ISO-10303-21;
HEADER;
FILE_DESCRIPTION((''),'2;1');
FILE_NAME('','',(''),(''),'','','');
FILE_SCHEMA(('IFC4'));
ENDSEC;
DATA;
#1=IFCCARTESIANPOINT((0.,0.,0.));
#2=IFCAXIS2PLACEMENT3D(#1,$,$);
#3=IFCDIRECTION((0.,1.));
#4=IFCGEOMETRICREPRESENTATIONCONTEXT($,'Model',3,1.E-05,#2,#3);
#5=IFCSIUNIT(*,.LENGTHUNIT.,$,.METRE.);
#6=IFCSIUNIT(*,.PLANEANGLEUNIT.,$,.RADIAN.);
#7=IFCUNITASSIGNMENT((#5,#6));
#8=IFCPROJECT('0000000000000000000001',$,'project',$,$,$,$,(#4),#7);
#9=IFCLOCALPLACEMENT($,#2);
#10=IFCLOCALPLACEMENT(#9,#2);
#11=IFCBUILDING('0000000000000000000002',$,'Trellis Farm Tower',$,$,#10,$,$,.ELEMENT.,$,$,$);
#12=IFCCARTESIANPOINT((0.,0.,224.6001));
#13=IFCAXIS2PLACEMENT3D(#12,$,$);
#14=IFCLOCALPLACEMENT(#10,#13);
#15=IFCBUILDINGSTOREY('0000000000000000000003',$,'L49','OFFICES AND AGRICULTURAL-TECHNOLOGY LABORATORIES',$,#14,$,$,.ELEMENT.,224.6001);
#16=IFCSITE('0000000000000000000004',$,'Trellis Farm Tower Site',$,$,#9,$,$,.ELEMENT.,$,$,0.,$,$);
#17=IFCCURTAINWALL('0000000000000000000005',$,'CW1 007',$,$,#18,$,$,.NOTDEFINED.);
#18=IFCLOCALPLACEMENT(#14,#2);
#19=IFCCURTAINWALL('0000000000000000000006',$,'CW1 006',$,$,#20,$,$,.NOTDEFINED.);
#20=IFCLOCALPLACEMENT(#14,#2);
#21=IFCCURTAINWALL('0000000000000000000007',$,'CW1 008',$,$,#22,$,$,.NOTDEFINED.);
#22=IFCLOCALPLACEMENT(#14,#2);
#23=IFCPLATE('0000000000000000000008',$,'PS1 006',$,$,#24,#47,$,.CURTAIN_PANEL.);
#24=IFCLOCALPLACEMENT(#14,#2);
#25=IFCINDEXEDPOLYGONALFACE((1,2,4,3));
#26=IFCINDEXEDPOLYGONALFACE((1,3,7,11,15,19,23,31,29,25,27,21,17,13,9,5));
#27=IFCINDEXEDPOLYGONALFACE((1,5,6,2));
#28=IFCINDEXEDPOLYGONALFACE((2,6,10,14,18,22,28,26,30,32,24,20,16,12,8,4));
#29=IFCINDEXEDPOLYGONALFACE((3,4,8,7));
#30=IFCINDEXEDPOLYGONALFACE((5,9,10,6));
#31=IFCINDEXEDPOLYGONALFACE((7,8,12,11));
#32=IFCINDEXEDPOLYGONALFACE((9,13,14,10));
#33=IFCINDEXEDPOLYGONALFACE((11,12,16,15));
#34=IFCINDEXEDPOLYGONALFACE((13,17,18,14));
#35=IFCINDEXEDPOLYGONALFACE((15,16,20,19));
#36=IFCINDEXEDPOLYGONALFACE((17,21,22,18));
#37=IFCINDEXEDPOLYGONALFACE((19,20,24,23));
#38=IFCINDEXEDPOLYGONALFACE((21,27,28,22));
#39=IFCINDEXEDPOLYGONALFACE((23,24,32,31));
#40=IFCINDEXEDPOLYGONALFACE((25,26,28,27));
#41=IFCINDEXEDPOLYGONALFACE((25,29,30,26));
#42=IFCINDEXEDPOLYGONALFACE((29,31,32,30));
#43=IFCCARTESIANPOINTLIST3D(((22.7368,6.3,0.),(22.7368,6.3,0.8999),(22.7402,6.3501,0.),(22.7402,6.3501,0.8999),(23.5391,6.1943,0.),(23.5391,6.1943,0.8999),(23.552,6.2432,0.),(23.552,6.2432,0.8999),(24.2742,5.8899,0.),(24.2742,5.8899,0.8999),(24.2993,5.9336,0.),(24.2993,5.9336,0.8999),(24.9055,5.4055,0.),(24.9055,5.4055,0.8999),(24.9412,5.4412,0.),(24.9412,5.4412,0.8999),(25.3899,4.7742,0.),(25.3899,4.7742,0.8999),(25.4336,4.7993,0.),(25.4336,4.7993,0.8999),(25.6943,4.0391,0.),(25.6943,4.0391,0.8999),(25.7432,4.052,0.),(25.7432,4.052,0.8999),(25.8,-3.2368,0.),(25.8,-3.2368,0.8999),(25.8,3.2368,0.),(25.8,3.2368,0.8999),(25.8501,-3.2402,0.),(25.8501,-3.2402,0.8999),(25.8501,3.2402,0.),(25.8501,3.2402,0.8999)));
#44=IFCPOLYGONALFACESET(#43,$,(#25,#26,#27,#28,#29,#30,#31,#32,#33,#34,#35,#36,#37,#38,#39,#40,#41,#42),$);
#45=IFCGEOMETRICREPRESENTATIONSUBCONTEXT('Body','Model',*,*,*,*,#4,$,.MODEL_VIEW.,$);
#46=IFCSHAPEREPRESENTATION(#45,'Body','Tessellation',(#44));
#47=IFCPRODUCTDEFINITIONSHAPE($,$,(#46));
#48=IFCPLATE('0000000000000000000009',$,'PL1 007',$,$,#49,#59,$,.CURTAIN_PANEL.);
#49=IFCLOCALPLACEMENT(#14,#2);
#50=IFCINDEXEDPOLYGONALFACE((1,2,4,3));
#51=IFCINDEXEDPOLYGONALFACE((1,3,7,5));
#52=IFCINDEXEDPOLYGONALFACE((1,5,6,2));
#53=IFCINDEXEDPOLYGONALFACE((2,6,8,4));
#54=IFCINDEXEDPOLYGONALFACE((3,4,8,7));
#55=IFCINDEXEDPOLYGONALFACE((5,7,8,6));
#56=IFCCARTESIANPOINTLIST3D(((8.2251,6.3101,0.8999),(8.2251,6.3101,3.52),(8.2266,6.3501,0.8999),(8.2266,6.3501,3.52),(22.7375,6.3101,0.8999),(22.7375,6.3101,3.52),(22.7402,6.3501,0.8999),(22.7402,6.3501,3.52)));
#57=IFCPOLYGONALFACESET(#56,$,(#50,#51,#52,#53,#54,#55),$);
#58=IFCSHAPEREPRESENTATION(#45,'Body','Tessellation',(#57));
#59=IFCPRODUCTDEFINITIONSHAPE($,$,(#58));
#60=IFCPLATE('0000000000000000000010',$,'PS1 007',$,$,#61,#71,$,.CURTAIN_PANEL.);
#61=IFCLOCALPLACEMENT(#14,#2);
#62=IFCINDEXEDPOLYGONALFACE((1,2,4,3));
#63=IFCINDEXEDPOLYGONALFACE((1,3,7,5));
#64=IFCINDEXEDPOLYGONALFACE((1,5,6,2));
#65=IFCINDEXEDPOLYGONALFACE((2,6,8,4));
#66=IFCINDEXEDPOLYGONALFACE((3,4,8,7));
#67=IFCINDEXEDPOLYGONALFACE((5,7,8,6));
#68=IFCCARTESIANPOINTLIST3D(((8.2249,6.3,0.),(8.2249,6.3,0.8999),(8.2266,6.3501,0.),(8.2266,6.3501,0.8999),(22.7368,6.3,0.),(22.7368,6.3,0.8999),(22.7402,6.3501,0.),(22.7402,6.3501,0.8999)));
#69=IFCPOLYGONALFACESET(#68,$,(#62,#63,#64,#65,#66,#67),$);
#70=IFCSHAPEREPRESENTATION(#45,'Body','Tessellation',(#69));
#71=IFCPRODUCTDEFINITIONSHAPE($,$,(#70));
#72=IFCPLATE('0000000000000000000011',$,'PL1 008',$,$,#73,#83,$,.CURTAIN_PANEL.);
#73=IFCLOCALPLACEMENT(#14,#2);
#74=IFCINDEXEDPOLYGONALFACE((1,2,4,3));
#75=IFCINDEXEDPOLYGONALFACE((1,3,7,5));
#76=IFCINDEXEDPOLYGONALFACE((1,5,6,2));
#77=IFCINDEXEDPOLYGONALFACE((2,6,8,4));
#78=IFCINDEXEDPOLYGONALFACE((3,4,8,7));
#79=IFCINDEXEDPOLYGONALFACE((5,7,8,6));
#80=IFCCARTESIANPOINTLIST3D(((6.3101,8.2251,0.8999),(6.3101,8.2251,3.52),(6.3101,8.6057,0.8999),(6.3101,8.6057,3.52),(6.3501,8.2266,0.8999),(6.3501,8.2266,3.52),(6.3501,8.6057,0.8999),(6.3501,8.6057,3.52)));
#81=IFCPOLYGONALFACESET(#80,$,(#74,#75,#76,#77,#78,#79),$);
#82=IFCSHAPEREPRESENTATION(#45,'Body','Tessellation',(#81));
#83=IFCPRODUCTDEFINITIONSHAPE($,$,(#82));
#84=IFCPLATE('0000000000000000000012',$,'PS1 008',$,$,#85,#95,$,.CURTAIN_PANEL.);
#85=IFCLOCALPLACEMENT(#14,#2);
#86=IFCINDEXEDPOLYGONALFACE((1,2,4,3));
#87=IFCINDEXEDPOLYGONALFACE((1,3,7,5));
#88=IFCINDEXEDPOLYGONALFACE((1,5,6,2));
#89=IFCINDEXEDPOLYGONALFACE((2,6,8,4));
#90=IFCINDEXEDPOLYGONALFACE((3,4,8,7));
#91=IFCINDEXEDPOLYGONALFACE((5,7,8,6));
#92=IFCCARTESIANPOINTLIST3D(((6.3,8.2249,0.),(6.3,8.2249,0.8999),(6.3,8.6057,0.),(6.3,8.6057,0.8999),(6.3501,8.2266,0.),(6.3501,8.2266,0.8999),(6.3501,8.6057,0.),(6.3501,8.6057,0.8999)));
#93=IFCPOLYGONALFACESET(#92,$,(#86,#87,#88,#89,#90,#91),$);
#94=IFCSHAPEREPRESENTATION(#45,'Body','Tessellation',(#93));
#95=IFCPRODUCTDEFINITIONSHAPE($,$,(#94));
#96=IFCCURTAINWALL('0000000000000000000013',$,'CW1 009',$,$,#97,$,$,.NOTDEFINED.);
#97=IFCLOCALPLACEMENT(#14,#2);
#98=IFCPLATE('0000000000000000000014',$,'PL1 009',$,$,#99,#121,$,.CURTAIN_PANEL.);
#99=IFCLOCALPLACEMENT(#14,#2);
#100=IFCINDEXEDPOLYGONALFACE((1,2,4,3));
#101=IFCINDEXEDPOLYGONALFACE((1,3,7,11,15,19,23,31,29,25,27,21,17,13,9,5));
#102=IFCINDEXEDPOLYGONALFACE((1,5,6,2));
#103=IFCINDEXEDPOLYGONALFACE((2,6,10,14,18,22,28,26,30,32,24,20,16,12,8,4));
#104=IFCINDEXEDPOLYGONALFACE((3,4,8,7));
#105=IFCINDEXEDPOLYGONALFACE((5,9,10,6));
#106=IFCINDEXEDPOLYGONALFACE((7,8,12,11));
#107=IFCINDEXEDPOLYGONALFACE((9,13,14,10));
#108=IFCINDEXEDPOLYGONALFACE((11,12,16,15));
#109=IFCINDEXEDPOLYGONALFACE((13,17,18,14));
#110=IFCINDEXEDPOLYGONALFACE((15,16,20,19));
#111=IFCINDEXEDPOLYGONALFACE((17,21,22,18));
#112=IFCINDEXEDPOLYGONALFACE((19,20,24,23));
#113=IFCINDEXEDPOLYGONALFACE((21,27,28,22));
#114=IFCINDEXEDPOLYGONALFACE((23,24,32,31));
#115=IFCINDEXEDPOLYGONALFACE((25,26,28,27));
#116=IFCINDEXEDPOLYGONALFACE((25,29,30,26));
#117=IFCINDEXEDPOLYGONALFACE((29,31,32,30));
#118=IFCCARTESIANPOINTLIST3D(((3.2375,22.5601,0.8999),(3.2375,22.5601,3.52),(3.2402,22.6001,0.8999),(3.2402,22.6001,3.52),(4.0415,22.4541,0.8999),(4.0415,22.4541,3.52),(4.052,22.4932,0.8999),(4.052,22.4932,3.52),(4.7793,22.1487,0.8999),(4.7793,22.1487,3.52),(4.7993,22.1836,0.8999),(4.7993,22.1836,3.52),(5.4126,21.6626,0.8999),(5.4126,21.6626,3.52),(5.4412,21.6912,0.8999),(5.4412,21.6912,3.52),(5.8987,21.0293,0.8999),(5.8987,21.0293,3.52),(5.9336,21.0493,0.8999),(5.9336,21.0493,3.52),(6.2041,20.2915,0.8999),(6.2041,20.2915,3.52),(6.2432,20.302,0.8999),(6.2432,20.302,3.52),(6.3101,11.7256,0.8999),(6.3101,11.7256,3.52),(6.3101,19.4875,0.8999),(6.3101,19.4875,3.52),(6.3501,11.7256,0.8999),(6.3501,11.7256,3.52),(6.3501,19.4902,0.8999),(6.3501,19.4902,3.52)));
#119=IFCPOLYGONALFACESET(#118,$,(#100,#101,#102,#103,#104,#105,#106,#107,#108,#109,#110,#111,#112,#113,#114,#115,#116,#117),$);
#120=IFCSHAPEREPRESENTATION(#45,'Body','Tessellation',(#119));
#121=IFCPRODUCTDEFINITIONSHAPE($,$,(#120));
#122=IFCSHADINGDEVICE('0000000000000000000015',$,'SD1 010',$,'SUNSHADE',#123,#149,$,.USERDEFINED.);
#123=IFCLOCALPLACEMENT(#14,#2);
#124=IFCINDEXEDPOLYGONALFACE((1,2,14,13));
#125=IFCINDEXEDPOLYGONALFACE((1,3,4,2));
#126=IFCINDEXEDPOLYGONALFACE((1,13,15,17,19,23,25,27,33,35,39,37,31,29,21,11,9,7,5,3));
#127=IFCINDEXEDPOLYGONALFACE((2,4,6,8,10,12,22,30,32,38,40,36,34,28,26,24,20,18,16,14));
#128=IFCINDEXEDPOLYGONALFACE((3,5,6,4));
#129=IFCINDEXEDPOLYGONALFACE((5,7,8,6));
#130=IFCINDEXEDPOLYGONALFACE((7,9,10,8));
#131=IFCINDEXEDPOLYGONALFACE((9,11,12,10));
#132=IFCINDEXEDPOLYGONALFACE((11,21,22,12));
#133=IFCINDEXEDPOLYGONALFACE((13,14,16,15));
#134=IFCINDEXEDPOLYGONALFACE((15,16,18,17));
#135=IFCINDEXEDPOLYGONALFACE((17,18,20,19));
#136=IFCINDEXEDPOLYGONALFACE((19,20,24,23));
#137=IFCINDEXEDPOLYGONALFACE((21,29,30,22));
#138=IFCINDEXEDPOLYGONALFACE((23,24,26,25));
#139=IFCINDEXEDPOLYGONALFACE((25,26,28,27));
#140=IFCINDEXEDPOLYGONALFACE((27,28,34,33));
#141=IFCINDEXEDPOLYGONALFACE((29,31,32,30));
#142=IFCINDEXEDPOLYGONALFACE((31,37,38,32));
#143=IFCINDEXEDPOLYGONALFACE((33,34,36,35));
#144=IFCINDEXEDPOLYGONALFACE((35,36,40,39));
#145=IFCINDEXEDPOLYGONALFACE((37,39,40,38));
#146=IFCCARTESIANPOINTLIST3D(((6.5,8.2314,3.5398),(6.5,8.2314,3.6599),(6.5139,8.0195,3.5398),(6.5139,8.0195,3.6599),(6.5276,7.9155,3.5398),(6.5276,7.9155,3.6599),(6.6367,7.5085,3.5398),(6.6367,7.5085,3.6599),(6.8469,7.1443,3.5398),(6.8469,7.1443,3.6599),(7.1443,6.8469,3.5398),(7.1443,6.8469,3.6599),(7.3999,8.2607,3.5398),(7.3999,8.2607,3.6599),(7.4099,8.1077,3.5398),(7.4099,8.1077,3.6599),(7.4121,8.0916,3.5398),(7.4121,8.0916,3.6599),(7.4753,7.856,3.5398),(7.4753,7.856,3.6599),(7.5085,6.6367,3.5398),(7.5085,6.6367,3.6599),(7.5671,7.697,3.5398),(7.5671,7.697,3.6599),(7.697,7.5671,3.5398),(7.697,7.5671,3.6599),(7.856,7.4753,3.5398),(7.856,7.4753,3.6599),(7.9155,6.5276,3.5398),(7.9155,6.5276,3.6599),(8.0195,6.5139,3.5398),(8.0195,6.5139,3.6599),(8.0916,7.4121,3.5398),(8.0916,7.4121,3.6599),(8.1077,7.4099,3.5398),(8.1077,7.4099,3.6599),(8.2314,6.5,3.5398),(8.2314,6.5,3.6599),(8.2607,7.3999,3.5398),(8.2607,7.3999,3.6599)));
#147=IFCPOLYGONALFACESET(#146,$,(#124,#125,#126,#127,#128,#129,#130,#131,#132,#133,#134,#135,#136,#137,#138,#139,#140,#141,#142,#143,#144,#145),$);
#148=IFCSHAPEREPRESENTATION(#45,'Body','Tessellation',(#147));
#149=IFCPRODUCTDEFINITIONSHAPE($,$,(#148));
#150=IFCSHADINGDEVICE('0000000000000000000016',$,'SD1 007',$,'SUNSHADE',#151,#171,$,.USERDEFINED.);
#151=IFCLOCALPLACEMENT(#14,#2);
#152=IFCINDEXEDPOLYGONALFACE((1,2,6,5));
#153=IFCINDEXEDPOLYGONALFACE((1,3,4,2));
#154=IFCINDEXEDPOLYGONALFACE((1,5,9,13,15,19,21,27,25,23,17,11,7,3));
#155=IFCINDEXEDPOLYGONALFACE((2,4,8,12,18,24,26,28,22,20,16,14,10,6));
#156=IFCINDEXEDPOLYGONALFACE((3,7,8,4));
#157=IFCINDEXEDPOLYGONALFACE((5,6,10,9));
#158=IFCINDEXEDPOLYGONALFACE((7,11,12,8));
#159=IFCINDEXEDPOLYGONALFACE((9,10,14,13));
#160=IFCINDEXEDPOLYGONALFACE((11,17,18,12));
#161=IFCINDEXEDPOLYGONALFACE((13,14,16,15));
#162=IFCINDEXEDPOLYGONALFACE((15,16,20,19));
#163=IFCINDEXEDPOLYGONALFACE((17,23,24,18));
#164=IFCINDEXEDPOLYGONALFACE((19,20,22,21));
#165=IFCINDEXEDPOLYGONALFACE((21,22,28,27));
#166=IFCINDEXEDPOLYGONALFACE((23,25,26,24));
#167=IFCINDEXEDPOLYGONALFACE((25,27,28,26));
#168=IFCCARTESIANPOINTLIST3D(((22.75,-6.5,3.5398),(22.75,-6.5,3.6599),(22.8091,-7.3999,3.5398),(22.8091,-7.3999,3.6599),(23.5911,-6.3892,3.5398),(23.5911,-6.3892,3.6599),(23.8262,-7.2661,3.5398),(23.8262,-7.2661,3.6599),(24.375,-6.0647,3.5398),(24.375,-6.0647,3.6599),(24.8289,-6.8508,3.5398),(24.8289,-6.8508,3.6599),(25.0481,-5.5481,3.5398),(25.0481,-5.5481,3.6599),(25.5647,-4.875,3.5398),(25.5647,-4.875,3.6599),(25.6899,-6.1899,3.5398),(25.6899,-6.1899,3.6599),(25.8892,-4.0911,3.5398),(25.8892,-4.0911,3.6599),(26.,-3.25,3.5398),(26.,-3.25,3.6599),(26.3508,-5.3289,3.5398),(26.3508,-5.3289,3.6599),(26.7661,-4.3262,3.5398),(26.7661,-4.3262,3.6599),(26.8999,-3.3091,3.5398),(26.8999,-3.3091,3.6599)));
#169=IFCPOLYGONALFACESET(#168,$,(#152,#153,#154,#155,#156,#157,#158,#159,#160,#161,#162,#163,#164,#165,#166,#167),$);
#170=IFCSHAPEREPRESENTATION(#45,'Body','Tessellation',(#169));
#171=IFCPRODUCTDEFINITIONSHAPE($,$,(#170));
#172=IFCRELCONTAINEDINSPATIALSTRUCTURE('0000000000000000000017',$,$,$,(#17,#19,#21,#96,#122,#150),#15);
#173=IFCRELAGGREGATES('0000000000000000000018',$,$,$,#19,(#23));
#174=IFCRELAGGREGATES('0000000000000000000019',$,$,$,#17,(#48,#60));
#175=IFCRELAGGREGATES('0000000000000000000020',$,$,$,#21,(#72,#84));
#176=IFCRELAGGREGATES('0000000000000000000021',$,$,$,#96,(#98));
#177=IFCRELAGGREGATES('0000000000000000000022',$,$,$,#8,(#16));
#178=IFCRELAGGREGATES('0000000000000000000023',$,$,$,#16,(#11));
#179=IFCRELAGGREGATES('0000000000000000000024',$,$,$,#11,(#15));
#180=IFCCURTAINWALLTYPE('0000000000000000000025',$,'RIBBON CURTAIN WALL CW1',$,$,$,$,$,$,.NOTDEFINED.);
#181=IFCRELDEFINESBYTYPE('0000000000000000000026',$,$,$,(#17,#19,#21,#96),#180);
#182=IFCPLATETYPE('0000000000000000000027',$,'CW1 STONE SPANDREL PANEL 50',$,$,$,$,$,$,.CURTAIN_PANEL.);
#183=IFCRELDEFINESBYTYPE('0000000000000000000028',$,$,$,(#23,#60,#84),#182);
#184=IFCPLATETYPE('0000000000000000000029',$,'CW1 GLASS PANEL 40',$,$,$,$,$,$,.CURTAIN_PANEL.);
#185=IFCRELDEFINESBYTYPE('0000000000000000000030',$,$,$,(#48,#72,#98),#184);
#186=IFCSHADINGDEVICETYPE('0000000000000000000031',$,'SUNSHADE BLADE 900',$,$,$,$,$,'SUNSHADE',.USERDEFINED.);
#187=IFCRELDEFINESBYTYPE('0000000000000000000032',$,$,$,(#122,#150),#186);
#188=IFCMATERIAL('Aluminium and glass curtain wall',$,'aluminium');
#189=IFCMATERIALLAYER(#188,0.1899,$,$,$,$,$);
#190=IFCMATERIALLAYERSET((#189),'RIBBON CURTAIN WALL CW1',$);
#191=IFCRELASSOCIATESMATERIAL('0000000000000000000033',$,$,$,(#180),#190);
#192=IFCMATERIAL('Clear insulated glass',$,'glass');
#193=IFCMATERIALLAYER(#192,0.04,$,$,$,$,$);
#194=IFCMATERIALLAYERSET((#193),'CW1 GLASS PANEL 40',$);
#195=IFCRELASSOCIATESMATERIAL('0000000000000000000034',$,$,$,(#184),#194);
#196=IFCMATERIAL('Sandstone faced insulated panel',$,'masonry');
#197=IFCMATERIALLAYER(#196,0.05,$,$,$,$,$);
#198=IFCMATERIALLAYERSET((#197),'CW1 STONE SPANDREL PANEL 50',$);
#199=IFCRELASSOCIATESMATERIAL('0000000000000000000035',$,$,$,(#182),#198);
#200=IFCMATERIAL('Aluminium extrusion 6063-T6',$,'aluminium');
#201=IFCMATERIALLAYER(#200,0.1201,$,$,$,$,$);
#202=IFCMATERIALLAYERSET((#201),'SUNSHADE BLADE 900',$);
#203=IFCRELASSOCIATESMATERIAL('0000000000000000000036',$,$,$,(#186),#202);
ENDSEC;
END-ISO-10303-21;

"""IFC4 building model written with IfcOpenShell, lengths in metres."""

from ifc_helpers import new_model, si_unit, direction, frame, origin, place, context, subcontext, project, spatial, polyline, outline, extrude, source, transform, mapped, material, layer, layer_set, type_object, element, aggregate, save


model = new_model("IFC4")

# Units and contexts
model_context = context("Model", 3, precision=1e-05, world=origin(), true_north=direction((0.0, 1.0)))
body_context = subcontext(model_context, "Body", "Model", "MODEL_VIEW")
ifc_project = project(units=[si_unit("LENGTHUNIT", "METRE"), si_unit("PLANEANGLEUNIT", "RADIAN")], contexts=[model_context])

# Site, building, storey
site_placement = place(None, origin())
site = spatial("IfcSite", under=ifc_project, at=site_placement, Name="Trellis Farm Tower Site", CompositionType="ELEMENT", RefElevation=0.0)
building_placement = place(site_placement, origin())
building = spatial("IfcBuilding", under=site, at=building_placement, Name="Trellis Farm Tower", CompositionType="ELEMENT")
storey_placement = place(building_placement, frame((0.0, 0.0, 224.6001)))
storey = spatial("IfcBuildingStorey", under=building, at=storey_placement, Name="L49", Description="OFFICES AND AGRICULTURAL-TECHNOLOGY LABORATORIES", CompositionType="ELEMENT", Elevation=224.6001)

# Curtain walls
ifc_material_1 = material(Name="Aluminium and glass curtain wall", Category="aluminium")
placement_1 = place(storey_placement, origin())
ifc_material_2 = material(Name="Aluminium extrusion 6063-T6", Category="aluminium")
ifc_layer_1 = layer(ifc_material_1, 0.1899)
ifc_layer_set_1 = layer_set([ifc_layer_1], Name="RIBBON CURTAIN WALL CW1")
curtain_wall_type_1 = type_object("IfcCurtainWallType", Name="RIBBON CURTAIN WALL CW1", PredefinedType="NOTDEFINED", material=ifc_layer_set_1)
curtain_wall_1 = element("IfcCurtainWall", 1, at=placement_1, inside=storey, type_object=curtain_wall_type_1, Name="CW1 007", PredefinedType="NOTDEFINED")
curtain_wall_2 = element("IfcCurtainWall", 2, at=placement_1, inside=storey, type_object=curtain_wall_type_1, Name="CW1 006", PredefinedType="NOTDEFINED")
curtain_wall_3 = element("IfcCurtainWall", 3, at=placement_1, inside=storey, type_object=curtain_wall_type_1, Name="CW1 008", PredefinedType="NOTDEFINED")

# Plates
ifc_material_3 = material(Name="Clear insulated glass", Category="glass")
ifc_layer_2 = layer(ifc_material_3, 0.04)
ifc_layer_set_2 = layer_set([ifc_layer_2], Name="CW1 GLASS PANEL 40")
plate_type_1 = type_object("IfcPlateType", Name="CW1 GLASS PANEL 40", PredefinedType="CURTAIN_PANEL", material=ifc_layer_set_2)
placement_2 = place(storey_placement, frame((0.0, 0.0, 0.8999)))
ifc_material_4 = material(Name="Sandstone faced insulated panel", Category="masonry")
ifc_layer_3 = layer(ifc_material_4, 0.05)
ifc_layer_set_3 = layer_set([ifc_layer_3], Name="CW1 STONE SPANDREL PANEL 50")
plate_type_2 = type_object("IfcPlateType", Name="CW1 STONE SPANDREL PANEL 50", PredefinedType="CURTAIN_PANEL", material=ifc_layer_set_3)
shared_shape_1 = source(origin(), body_context, "Body", "SweptSolid", [
    extrude(outline(polyline([(25.8501, -3.2402), (25.8501, 3.2402), (25.7432, 4.052), (25.4336, 4.7993), (24.9412, 5.4412), (24.2993, 5.9336), (23.552, 6.2432), (22.7402, 6.3501), (22.7368, 6.3), (23.5391, 6.1943), (24.2742, 5.8899), (24.9055, 5.4055), (25.3899, 4.7742), (25.6943, 4.0391), (25.8, 3.2368), (25.8, -3.2368), (25.8501, -3.2402)])), origin(), (0.0, 0.0, 1.0), 0.8999),
])
plate_1 = element("IfcPlate", 4, at=placement_1, type_object=plate_type_2, Name="PS1 006", PredefinedType="CURTAIN_PANEL", context=body_context, shape_type="MappedRepresentation", body=[
    mapped(shared_shape_1, transform((0.0, 0.0, 0.0))),
])
aggregate(curtain_wall_2, [plate_1])
shared_shape_2 = source(origin(), body_context, "Body", "SweptSolid", [
    extrude(outline(polyline([(22.7402, 6.3501), (8.2266, 6.3501), (8.2251, 6.3101), (22.7375, 6.3101), (22.7402, 6.3501)])), origin(), (0.0, 0.0, 1.0), 2.6201),
])
plate_2 = element("IfcPlate", 5, at=placement_2, type_object=plate_type_1, Name="PL1 007", PredefinedType="CURTAIN_PANEL", context=body_context, shape_type="MappedRepresentation", body=[
    mapped(shared_shape_2, transform((0.0, 0.0, 0.0))),
])
shared_shape_3 = source(origin(), body_context, "Body", "SweptSolid", [
    extrude(outline(polyline([(22.7402, 6.3501), (8.2266, 6.3501), (8.2249, 6.3), (22.7368, 6.3), (22.7402, 6.3501)])), origin(), (0.0, 0.0, 1.0), 0.8999),
])
plate_3 = element("IfcPlate", 6, at=placement_1, type_object=plate_type_2, Name="PS1 007", PredefinedType="CURTAIN_PANEL", context=body_context, shape_type="MappedRepresentation", body=[
    mapped(shared_shape_3, transform((0.0, 0.0, 0.0))),
])
aggregate(curtain_wall_1, [plate_2, plate_3])
shared_shape_4 = source(origin(), body_context, "Body", "SweptSolid", [
    extrude(outline(polyline([(6.3501, 8.2266), (6.3501, 8.6057), (6.3101, 8.6057), (6.3101, 8.2251), (6.3501, 8.2266)])), origin(), (0.0, 0.0, 1.0), 2.6201),
])
plate_4 = element("IfcPlate", 7, at=placement_2, type_object=plate_type_1, Name="PL1 008", PredefinedType="CURTAIN_PANEL", context=body_context, shape_type="MappedRepresentation", body=[
    mapped(shared_shape_4, transform((0.0, 0.0, 0.0))),
])
shared_shape_5 = source(origin(), body_context, "Body", "SweptSolid", [
    extrude(outline(polyline([(6.3501, 8.2266), (6.3501, 8.6057), (6.3, 8.6057), (6.3, 8.2249), (6.3501, 8.2266)])), origin(), (0.0, 0.0, 1.0), 0.8999),
])
plate_5 = element("IfcPlate", 8, at=placement_1, type_object=plate_type_2, Name="PS1 008", PredefinedType="CURTAIN_PANEL", context=body_context, shape_type="MappedRepresentation", body=[
    mapped(shared_shape_5, transform((0.0, 0.0, 0.0))),
])
aggregate(curtain_wall_3, [plate_4, plate_5])

# Curtain wall, plate
curtain_wall_4 = element("IfcCurtainWall", 9, at=placement_1, inside=storey, type_object=curtain_wall_type_1, Name="CW1 009", PredefinedType="NOTDEFINED")
shared_shape_6 = source(origin(), body_context, "Body", "SweptSolid", [
    extrude(outline(polyline([(6.3501, 11.7256), (6.3501, 19.4902), (6.2432, 20.302), (5.9336, 21.0493), (5.4412, 21.6912), (4.7993, 22.1836), (4.052, 22.4932), (3.2402, 22.6001), (3.2375, 22.5601), (4.0415, 22.4541), (4.7793, 22.1487), (5.4126, 21.6626), (5.8987, 21.0293), (6.2041, 20.2915), (6.3101, 19.4875), (6.3101, 11.7256), (6.3501, 11.7256)])), origin(), (0.0, 0.0, 1.0), 2.6201),
])
plate_6 = element("IfcPlate", 10, at=placement_2, type_object=plate_type_1, Name="PL1 009", PredefinedType="CURTAIN_PANEL", context=body_context, shape_type="MappedRepresentation", body=[
    mapped(shared_shape_6, transform((0.0, 0.0, 0.0))),
])
aggregate(curtain_wall_4, [plate_6])

# Shading devices
ifc_layer_4 = layer(ifc_material_2, 0.1201)
ifc_layer_set_4 = layer_set([ifc_layer_4], Name="SUNSHADE BLADE 900")
shading_device_type_1 = type_object("IfcShadingDeviceType", Name="SUNSHADE BLADE 900", ElementType="SUNSHADE", PredefinedType="USERDEFINED", material=ifc_layer_set_4)
shared_shape_7 = source(origin(), body_context, "Body", "SweptSolid", [
    extrude(outline(polyline([(8.2607, 7.3999), (8.1077, 7.4099), (8.0916, 7.4121), (7.856, 7.4753), (7.697, 7.5671), (7.5671, 7.697), (7.4753, 7.856), (7.4121, 8.0916), (7.4099, 8.1077), (7.3999, 8.2607), (6.5, 8.2314), (6.5139, 8.0195), (6.5276, 7.9155), (6.6367, 7.5085), (6.8469, 7.1443), (7.1443, 6.8469), (7.5085, 6.6367), (7.9155, 6.5276), (8.0195, 6.5139), (8.2314, 6.5), (8.2607, 7.3999)])), origin(), (0.0, 0.0, 1.0), 0.1201),
])
placement_3 = place(storey_placement, frame((0.0, 0.0, 3.5398)))
element("IfcShadingDevice", 11, at=placement_3, inside=storey, type_object=shading_device_type_1, Name="SD1 010", ObjectType="SUNSHADE", PredefinedType="USERDEFINED", context=body_context, shape_type="MappedRepresentation", body=[
    mapped(shared_shape_7, transform((0.0, 0.0, 0.0))),
])
shared_shape_8 = source(origin(), body_context, "Body", "SweptSolid", [
    extrude(outline(polyline([(22.8091, -7.3999), (23.8262, -7.2661), (24.8289, -6.8508), (25.6899, -6.1899), (26.3508, -5.3289), (26.7661, -4.3262), (26.8999, -3.3091), (26.0, -3.25), (25.8892, -4.0911), (25.5647, -4.875), (25.0481, -5.5481), (24.375, -6.0647), (23.5911, -6.3892), (22.75, -6.5), (22.8091, -7.3999)])), origin(), (0.0, 0.0, 1.0), 0.1201),
])
element("IfcShadingDevice", 12, at=placement_3, inside=storey, type_object=shading_device_type_1, Name="SD1 007", ObjectType="SUNSHADE", PredefinedType="USERDEFINED", context=body_context, shape_type="MappedRepresentation", body=[
    mapped(shared_shape_8, transform((0.0, 0.0, 0.0))),
])

save(model, "model.ifc")
